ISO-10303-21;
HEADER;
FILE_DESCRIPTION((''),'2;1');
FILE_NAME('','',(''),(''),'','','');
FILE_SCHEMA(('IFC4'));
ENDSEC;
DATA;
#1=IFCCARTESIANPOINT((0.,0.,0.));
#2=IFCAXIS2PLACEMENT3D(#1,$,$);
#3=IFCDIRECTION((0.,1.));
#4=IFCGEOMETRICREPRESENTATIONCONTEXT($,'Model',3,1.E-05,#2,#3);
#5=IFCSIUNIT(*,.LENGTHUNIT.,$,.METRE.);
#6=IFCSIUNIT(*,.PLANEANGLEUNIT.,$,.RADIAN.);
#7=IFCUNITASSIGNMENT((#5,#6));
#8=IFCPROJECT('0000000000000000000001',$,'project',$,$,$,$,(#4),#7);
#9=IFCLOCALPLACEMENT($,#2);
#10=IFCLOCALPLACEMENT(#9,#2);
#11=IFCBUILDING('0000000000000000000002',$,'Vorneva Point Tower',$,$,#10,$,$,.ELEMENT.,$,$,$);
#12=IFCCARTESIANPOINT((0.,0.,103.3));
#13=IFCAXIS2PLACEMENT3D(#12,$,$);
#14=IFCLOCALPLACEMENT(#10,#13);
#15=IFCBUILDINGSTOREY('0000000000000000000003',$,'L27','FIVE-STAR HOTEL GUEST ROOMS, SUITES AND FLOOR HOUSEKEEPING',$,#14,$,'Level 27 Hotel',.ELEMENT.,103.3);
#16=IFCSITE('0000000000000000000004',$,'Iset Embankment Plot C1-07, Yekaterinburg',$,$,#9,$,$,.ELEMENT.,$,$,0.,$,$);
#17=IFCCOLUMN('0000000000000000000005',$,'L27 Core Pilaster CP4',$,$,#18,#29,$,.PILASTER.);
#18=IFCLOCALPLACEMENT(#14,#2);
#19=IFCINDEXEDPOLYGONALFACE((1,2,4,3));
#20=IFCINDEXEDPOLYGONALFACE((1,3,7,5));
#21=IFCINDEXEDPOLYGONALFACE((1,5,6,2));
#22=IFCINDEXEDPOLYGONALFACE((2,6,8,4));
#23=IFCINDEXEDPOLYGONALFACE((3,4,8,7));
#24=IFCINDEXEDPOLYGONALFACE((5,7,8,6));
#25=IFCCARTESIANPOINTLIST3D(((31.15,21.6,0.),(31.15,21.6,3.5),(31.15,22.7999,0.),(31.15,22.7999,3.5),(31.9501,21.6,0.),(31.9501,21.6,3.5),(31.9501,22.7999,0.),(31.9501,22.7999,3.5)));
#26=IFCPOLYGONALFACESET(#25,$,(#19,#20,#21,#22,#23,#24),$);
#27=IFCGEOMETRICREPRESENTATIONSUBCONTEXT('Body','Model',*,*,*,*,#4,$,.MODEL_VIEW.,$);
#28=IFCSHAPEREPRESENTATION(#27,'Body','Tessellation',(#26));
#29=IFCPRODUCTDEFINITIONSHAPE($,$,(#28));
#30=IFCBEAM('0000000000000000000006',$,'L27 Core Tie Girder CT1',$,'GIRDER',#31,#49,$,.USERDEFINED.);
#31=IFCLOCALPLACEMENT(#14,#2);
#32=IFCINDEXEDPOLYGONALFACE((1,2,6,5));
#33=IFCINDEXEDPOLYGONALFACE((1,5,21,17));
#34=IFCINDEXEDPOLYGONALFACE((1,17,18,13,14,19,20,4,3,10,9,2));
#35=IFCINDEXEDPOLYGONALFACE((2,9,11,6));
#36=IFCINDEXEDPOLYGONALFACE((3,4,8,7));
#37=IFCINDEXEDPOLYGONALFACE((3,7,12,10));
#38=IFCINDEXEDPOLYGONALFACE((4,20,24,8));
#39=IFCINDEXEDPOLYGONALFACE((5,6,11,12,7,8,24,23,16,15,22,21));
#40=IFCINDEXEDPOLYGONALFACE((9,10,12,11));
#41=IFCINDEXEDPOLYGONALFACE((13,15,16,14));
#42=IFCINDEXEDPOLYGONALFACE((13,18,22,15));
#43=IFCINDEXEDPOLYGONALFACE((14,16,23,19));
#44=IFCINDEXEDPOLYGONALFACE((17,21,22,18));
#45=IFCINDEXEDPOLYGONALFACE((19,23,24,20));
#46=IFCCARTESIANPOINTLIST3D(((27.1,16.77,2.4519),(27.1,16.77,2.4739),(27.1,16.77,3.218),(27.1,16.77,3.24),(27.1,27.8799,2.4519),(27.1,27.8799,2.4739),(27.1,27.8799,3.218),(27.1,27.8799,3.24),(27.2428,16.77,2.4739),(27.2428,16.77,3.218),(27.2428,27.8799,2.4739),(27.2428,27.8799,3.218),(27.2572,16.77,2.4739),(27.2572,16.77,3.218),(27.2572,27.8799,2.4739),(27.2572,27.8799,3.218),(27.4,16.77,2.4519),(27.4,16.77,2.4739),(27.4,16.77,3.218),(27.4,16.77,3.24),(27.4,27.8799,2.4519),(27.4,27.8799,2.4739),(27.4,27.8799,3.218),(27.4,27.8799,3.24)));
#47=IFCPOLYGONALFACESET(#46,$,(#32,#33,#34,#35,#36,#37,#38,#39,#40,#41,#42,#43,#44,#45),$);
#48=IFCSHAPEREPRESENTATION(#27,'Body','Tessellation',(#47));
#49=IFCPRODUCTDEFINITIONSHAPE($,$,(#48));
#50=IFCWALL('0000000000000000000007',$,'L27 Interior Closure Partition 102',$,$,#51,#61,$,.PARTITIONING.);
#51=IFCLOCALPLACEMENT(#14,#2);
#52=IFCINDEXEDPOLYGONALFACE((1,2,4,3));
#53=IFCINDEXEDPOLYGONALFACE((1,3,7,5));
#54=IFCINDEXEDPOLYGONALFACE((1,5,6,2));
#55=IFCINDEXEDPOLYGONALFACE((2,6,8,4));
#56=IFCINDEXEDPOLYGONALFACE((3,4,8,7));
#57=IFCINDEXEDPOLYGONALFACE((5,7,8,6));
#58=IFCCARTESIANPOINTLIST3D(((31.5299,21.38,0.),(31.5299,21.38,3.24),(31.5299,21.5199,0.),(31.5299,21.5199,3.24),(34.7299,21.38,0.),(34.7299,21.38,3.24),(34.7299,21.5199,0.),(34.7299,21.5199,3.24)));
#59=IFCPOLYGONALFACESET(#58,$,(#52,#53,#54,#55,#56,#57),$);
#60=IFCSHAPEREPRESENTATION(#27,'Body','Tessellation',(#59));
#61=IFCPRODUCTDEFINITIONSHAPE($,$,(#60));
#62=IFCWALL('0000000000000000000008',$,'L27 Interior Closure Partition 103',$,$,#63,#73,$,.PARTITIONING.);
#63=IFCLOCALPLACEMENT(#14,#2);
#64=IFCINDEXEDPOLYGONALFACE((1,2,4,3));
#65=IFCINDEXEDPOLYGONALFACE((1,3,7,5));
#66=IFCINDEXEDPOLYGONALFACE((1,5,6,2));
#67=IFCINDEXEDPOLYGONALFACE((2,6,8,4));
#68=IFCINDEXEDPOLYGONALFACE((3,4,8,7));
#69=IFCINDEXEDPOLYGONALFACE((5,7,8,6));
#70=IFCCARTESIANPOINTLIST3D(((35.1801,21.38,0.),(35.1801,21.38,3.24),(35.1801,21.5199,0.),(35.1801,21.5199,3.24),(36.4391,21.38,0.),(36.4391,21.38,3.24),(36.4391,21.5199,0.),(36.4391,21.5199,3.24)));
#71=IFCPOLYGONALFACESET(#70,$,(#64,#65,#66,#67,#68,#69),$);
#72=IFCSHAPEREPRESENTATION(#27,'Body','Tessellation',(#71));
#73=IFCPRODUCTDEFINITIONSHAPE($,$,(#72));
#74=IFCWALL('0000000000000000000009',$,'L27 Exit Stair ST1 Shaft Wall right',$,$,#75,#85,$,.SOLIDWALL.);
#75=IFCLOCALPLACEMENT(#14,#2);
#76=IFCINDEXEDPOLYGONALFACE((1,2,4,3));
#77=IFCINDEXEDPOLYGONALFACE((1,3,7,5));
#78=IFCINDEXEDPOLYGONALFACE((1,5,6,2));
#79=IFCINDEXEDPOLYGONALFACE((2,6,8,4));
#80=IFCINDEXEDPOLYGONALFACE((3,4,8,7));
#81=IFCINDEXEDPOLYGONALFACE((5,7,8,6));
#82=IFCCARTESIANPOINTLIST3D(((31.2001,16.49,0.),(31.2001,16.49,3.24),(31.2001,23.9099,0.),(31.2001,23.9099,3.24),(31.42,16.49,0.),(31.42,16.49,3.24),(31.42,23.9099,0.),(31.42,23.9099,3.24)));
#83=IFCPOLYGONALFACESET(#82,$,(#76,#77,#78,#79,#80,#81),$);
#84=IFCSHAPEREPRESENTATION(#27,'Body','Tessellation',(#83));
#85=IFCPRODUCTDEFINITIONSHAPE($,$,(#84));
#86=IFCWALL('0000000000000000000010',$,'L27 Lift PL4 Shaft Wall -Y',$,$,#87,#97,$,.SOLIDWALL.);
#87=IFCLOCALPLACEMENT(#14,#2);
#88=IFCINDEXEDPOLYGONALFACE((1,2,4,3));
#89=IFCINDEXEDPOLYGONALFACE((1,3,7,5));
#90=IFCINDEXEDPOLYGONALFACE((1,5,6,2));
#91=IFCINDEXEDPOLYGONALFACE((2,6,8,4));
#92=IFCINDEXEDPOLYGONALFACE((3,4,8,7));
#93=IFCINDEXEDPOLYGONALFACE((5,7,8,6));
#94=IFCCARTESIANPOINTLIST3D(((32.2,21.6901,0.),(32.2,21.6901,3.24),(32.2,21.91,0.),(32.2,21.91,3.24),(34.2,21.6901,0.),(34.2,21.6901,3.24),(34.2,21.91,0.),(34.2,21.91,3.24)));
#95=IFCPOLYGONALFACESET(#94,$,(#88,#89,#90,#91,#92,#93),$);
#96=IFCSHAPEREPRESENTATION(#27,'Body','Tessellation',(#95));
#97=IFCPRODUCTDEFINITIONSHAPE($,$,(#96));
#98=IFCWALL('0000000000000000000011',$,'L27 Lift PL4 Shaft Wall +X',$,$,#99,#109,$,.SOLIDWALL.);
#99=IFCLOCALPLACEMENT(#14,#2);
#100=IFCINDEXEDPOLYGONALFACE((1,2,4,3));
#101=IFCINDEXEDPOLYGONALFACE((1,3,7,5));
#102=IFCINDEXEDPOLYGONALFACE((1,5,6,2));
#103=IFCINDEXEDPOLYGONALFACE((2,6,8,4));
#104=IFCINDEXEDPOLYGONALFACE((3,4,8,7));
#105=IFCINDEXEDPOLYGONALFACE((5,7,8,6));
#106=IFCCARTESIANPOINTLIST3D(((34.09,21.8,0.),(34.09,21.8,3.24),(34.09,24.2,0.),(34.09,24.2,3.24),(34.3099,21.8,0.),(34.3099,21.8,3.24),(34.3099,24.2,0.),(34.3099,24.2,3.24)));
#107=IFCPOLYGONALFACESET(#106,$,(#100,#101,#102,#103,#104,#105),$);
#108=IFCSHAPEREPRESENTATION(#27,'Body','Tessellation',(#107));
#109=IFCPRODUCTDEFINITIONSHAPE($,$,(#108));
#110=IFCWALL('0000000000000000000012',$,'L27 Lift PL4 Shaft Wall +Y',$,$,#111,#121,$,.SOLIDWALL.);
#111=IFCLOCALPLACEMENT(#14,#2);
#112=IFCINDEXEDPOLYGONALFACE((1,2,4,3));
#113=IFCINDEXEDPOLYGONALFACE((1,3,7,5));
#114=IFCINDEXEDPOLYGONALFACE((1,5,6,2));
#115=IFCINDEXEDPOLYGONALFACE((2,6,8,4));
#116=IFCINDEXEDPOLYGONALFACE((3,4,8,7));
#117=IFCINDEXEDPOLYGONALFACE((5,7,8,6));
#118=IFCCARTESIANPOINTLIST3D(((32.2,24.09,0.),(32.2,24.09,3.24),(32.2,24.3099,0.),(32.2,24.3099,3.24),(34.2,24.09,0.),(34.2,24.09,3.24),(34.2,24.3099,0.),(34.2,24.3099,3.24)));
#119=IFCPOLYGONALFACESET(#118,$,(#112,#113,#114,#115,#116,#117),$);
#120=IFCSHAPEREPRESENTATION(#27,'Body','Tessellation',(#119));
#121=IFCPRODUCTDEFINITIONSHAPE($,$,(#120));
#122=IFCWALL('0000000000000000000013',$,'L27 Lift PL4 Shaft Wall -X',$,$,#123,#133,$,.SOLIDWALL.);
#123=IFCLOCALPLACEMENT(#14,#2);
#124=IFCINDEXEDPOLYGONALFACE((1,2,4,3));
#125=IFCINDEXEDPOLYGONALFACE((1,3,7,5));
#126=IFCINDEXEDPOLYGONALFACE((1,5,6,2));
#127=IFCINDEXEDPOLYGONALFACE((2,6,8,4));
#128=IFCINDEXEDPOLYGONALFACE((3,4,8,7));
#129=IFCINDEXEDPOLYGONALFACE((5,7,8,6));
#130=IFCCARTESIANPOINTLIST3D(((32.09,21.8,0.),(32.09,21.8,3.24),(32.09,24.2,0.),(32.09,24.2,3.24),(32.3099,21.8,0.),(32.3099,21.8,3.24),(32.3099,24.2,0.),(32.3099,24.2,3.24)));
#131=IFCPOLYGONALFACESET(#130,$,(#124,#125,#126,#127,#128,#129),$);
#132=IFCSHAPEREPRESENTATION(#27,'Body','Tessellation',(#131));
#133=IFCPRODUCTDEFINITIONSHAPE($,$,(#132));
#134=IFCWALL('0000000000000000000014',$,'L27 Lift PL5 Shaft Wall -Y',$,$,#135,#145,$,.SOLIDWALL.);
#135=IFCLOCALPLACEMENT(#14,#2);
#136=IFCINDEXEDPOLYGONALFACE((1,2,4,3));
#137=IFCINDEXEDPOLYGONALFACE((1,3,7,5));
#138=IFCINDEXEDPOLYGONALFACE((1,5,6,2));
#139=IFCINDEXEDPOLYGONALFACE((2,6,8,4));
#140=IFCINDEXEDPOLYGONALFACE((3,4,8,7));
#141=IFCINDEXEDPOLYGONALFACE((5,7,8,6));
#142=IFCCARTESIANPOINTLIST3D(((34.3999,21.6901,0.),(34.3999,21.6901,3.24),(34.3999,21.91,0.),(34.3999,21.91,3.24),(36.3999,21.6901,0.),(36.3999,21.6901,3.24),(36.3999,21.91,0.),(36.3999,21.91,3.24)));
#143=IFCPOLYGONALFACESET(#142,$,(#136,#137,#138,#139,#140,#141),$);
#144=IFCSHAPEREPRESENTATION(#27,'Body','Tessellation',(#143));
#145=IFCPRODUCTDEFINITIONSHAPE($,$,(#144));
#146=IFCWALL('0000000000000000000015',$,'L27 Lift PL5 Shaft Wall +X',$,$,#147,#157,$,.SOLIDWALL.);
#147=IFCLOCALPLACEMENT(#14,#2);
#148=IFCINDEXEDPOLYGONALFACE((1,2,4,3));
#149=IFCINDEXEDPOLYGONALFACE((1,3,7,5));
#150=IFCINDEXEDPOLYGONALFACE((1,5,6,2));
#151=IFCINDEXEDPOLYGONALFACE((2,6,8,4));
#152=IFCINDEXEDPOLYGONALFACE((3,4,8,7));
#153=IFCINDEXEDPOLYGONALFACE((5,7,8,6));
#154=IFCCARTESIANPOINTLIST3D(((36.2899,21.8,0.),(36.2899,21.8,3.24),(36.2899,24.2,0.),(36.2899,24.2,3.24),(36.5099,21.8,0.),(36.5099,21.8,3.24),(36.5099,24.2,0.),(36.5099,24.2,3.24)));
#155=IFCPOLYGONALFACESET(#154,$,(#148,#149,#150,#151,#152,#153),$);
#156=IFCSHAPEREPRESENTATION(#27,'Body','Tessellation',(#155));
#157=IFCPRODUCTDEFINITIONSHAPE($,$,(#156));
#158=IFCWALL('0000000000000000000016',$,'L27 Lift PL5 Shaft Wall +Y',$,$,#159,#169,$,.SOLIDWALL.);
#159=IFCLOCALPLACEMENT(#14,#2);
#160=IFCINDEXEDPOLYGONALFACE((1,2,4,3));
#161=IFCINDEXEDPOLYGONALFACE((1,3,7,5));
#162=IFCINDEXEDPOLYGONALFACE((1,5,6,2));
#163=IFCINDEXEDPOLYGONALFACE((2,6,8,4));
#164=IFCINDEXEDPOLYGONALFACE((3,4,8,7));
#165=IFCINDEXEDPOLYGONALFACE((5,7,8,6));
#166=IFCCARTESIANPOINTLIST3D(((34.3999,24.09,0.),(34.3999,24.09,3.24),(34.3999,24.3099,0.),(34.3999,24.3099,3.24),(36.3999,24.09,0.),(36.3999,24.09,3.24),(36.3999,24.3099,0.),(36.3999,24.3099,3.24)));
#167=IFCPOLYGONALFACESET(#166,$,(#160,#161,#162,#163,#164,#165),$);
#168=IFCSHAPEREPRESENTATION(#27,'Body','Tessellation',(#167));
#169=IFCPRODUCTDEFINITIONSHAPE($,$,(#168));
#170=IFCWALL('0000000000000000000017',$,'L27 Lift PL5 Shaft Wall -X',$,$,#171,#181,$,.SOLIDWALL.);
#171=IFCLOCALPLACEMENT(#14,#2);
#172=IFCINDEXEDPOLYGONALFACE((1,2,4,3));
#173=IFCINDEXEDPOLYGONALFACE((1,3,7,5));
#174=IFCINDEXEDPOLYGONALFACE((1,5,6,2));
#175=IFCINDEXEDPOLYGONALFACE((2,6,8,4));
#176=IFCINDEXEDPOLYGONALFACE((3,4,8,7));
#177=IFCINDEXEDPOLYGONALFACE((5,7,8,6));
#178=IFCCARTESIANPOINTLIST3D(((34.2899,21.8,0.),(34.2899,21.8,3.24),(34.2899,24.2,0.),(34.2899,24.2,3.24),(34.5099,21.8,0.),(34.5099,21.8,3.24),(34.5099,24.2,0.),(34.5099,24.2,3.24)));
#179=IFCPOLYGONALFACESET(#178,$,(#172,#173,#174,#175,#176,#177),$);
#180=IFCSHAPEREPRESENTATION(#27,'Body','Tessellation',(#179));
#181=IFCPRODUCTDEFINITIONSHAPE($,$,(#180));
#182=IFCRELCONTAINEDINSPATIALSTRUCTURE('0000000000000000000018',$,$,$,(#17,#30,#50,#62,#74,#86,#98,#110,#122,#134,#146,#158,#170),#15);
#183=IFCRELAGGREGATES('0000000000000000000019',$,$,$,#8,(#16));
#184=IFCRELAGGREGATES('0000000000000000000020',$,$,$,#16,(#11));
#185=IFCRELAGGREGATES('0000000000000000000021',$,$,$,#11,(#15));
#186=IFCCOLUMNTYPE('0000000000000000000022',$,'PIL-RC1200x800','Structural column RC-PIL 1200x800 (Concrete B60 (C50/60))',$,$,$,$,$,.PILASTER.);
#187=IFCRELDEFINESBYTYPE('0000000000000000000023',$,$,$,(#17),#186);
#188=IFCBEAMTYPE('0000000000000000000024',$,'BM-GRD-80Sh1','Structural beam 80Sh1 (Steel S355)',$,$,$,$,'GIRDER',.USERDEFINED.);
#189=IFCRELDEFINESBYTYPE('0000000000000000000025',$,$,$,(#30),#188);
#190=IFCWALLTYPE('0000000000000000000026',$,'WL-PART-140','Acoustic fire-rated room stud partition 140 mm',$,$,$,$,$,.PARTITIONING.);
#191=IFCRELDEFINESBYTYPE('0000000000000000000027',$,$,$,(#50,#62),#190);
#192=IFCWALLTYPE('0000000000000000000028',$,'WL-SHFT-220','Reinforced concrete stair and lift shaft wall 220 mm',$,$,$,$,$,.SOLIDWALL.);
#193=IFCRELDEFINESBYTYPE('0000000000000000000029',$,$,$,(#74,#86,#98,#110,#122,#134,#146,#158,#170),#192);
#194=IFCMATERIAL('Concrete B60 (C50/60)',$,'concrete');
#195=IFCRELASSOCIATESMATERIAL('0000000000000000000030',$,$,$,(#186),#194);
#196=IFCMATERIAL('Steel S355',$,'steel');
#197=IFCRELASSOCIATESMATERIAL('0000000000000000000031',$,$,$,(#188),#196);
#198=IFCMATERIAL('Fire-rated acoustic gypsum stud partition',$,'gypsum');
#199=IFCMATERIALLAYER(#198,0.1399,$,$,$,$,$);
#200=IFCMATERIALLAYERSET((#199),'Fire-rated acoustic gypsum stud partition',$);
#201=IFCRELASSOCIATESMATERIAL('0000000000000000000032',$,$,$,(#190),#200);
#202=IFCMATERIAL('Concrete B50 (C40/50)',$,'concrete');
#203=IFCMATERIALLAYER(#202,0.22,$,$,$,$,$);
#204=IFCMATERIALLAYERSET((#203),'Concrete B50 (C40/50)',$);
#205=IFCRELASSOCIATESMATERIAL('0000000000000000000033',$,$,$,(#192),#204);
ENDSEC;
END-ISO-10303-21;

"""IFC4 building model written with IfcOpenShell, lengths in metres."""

from ifc_helpers import new_model, si_unit, direction, frame, frame_2d, origin, origin_2d, place, context, subcontext, project, spatial, rectangle, i_section, extrude, material, layer, layer_set, material_profile, profile_set, type_object, element, save


model = new_model("IFC4")

# Units and contexts
model_context = context("Model", 3, precision=1e-05, world=origin(), true_north=direction((0.0, 1.0)))
body_context = subcontext(model_context, "Body", "Model", "MODEL_VIEW")
ifc_project = project(units=[si_unit("LENGTHUNIT", "METRE"), si_unit("PLANEANGLEUNIT", "RADIAN")], contexts=[model_context])

# Site, building, storey
site_placement = place(None, origin())
site = spatial("IfcSite", under=ifc_project, at=site_placement, Name="Iset Embankment Plot C1-07, Yekaterinburg", CompositionType="ELEMENT", RefElevation=0.0)
building_placement = place(site_placement, origin())
building = spatial("IfcBuilding", under=site, at=building_placement, Name="Vorneva Point Tower", CompositionType="ELEMENT")
storey_placement = place(building_placement, frame((0.0, 0.0, 103.3)))
storey = spatial("IfcBuildingStorey", under=building, at=storey_placement, Name="L27", Description="FIVE-STAR HOTEL GUEST ROOMS, SUITES AND FLOOR HOUSEKEEPING", LongName="Level 27 Hotel", CompositionType="ELEMENT", Elevation=103.3)

# Column
ifc_material_1 = material(Name="Concrete B60 (C50/60)", Category="concrete")
ifc_material_profile_1 = material_profile(ifc_material_1, rectangle(XDim=0.8, YDim=1.2, at=origin_2d()), Name="RC-PIL 1200x800")
ifc_profile_set_1 = profile_set([ifc_material_profile_1], Name="Concrete B60 (C50/60)")
column_type = type_object("IfcColumnType", Name="PIL-RC1200x800", Description="Structural column RC-PIL 1200x800 (Concrete B60 (C50/60))", PredefinedType="PILASTER", material=ifc_profile_set_1)
column_placement = place(storey_placement, frame((31.55, 22.2, 0.0), z_axis=(0.0, 0.0, 1.0), x_axis=(1.0, 0.0, 0.0)))
element("IfcColumn", 1, at=column_placement, inside=storey, type_object=column_type, Name="L27 Core Pilaster CP4", PredefinedType="PILASTER", context=body_context, shape_type="SweptSolid", body=[
    extrude(rectangle(XDim=0.8, YDim=1.2, at=origin_2d()), origin(), (0.0, 0.0, 1.0), 3.5),
])

# Beam
ifc_material_2 = material(Name="Steel S355", Category="steel")
ifc_material_profile_2 = material_profile(ifc_material_2, i_section(OverallWidth=0.3, OverallDepth=0.7881, WebThickness=0.0144, FlangeThickness=0.022, at=origin_2d()), Name="80Sh1")
ifc_profile_set_2 = profile_set([ifc_material_profile_2], Name="Steel S355")
beam_type = type_object("IfcBeamType", Name="BM-GRD-80Sh1", Description="Structural beam 80Sh1 (Steel S355)", ElementType="GIRDER", PredefinedType="USERDEFINED", material=ifc_profile_set_2)
beam_placement = place(storey_placement, frame((27.25, 16.77, 2.8459), z_axis=(0.0, 1.0, 0.0), x_axis=(-1.0, 0.0, 0.0)))
element("IfcBeam", 2, at=beam_placement, inside=storey, type_object=beam_type, Name="L27 Core Tie Girder CT1", ObjectType="GIRDER", PredefinedType="USERDEFINED", context=body_context, shape_type="SweptSolid", body=[
    extrude(i_section(OverallWidth=0.3, OverallDepth=0.7881, WebThickness=0.0144, FlangeThickness=0.022, at=origin_2d()), origin(), (0.0, 0.0, 1.0), 11.1099),
])

# Walls
ifc_material_3 = material(Name="Fire-rated acoustic gypsum stud partition", Category="gypsum")
ifc_layer_1 = layer(ifc_material_3, 0.1399)
ifc_layer_set_1 = layer_set([ifc_layer_1], Name="Fire-rated acoustic gypsum stud partition")
wall_type_1 = type_object("IfcWallType", Name="WL-PART-140", Description="Acoustic fire-rated room stud partition 140 mm", PredefinedType="PARTITIONING", material=ifc_layer_set_1)
wall_1_placement = place(storey_placement, frame((34.73, 21.45, 0.0), z_axis=(0.0, 0.0, 1.0), x_axis=(-1.0, 0.0, 0.0)))
element("IfcWall", 3, at=wall_1_placement, inside=storey, type_object=wall_type_1, Name="L27 Interior Closure Partition 102", PredefinedType="PARTITIONING", context=body_context, shape_type="SweptSolid", body=[
    extrude(rectangle(XDim=3.2, YDim=0.1399, at=frame_2d((1.6001, 0.0))), origin(), (0.0, 0.0, 1.0), 3.24),
])
wall_2_placement = place(storey_placement, frame((36.439, 21.45, 0.0), z_axis=(0.0, 0.0, 1.0), x_axis=(-1.0, 0.0, 0.0)))
element("IfcWall", 4, at=wall_2_placement, inside=storey, type_object=wall_type_1, Name="L27 Interior Closure Partition 103", PredefinedType="PARTITIONING", context=body_context, shape_type="SweptSolid", body=[
    extrude(rectangle(XDim=1.259, YDim=0.1399, at=frame_2d((0.6294, 0.0))), origin(), (0.0, 0.0, 1.0), 3.24),
])

# Shared definitions
ifc_material_4 = material(Name="Concrete B50 (C40/50)", Category="concrete")
ifc_layer_2 = layer(ifc_material_4, 0.22)
ifc_layer_set_2 = layer_set([ifc_layer_2], Name="Concrete B50 (C40/50)")
wall_type_2 = type_object("IfcWallType", Name="WL-SHFT-220", Description="Reinforced concrete stair and lift shaft wall 220 mm", PredefinedType="SOLIDWALL", material=ifc_layer_set_2)

# Walls
wall_3_placement = place(storey_placement, frame((31.3101, 23.9099, 0.0), z_axis=(0.0, 0.0, 1.0), x_axis=(0.0, -1.0, 0.0)))
element("IfcWall", 5, at=wall_3_placement, inside=storey, type_object=wall_type_2, Name="L27 Exit Stair ST1 Shaft Wall right", PredefinedType="SOLIDWALL", context=body_context, shape_type="SweptSolid", body=[
    extrude(rectangle(XDim=7.4199, YDim=0.22, at=frame_2d((3.71, 0.0))), origin(), (0.0, 0.0, 1.0), 3.24),
])
wall_4_placement = place(storey_placement, frame((32.2, 21.8, 0.0), z_axis=(0.0, 0.0, 1.0), x_axis=(1.0, 0.0, 0.0)))
element("IfcWall", 6, at=wall_4_placement, inside=storey, type_object=wall_type_2, Name="L27 Lift PL4 Shaft Wall -Y", PredefinedType="SOLIDWALL", context=body_context, shape_type="SweptSolid", body=[
    extrude(rectangle(XDim=2.0, YDim=0.22, at=frame_2d((1.0, 0.0))), origin(), (0.0, 0.0, 1.0), 3.24),
])
wall_5_placement = place(storey_placement, frame((34.2, 21.8, 0.0), z_axis=(0.0, 0.0, 1.0), x_axis=(0.0, 1.0, 0.0)))
element("IfcWall", 7, at=wall_5_placement, inside=storey, type_object=wall_type_2, Name="L27 Lift PL4 Shaft Wall +X", PredefinedType="SOLIDWALL", context=body_context, shape_type="SweptSolid", body=[
    extrude(rectangle(XDim=2.3999, YDim=0.22, at=frame_2d((1.2, 0.0))), origin(), (0.0, 0.0, 1.0), 3.24),
])
wall_6_placement = place(storey_placement, frame((34.2, 24.2, 0.0), z_axis=(0.0, 0.0, 1.0), x_axis=(-1.0, 0.0, 0.0)))
element("IfcWall", 8, at=wall_6_placement, inside=storey, type_object=wall_type_2, Name="L27 Lift PL4 Shaft Wall +Y", PredefinedType="SOLIDWALL", context=body_context, shape_type="SweptSolid", body=[
    extrude(rectangle(XDim=2.0, YDim=0.22, at=frame_2d((1.0, 0.0))), origin(), (0.0, 0.0, 1.0), 3.24),
])
wall_7_placement = place(storey_placement, frame((32.2, 24.2, 0.0), z_axis=(0.0, 0.0, 1.0), x_axis=(0.0, -1.0, 0.0)))
element("IfcWall", 9, at=wall_7_placement, inside=storey, type_object=wall_type_2, Name="L27 Lift PL4 Shaft Wall -X", PredefinedType="SOLIDWALL", context=body_context, shape_type="SweptSolid", body=[
    extrude(rectangle(XDim=2.3999, YDim=0.22, at=frame_2d((1.2, 0.0))), origin(), (0.0, 0.0, 1.0), 3.24),
])
wall_8_placement = place(storey_placement, frame((34.3999, 21.8, 0.0), z_axis=(0.0, 0.0, 1.0), x_axis=(1.0, 0.0, 0.0)))
element("IfcWall", 10, at=wall_8_placement, inside=storey, type_object=wall_type_2, Name="L27 Lift PL5 Shaft Wall -Y", PredefinedType="SOLIDWALL", context=body_context, shape_type="SweptSolid", body=[
    extrude(rectangle(XDim=2.0, YDim=0.22, at=frame_2d((1.0, 0.0))), origin(), (0.0, 0.0, 1.0), 3.24),
])
wall_9_placement = place(storey_placement, frame((36.3999, 21.8, 0.0), z_axis=(0.0, 0.0, 1.0), x_axis=(0.0, 1.0, 0.0)))
element("IfcWall", 11, at=wall_9_placement, inside=storey, type_object=wall_type_2, Name="L27 Lift PL5 Shaft Wall +X", PredefinedType="SOLIDWALL", context=body_context, shape_type="SweptSolid", body=[
    extrude(rectangle(XDim=2.3999, YDim=0.22, at=frame_2d((1.2, 0.0))), origin(), (0.0, 0.0, 1.0), 3.24),
])
wall_10_placement = place(storey_placement, frame((36.3999, 24.2, 0.0), z_axis=(0.0, 0.0, 1.0), x_axis=(-1.0, 0.0, 0.0)))
element("IfcWall", 12, at=wall_10_placement, inside=storey, type_object=wall_type_2, Name="L27 Lift PL5 Shaft Wall +Y", PredefinedType="SOLIDWALL", context=body_context, shape_type="SweptSolid", body=[
    extrude(rectangle(XDim=2.0, YDim=0.22, at=frame_2d((1.0, 0.0))), origin(), (0.0, 0.0, 1.0), 3.24),
])
wall_11_placement = place(storey_placement, frame((34.3999, 24.2, 0.0), z_axis=(0.0, 0.0, 1.0), x_axis=(0.0, -1.0, 0.0)))
element("IfcWall", 13, at=wall_11_placement, inside=storey, type_object=wall_type_2, Name="L27 Lift PL5 Shaft Wall -X", PredefinedType="SOLIDWALL", context=body_context, shape_type="SweptSolid", body=[
    extrude(rectangle(XDim=2.3999, YDim=0.22, at=frame_2d((1.2, 0.0))), origin(), (0.0, 0.0, 1.0), 3.24),
])

save(model, "model.ifc")
